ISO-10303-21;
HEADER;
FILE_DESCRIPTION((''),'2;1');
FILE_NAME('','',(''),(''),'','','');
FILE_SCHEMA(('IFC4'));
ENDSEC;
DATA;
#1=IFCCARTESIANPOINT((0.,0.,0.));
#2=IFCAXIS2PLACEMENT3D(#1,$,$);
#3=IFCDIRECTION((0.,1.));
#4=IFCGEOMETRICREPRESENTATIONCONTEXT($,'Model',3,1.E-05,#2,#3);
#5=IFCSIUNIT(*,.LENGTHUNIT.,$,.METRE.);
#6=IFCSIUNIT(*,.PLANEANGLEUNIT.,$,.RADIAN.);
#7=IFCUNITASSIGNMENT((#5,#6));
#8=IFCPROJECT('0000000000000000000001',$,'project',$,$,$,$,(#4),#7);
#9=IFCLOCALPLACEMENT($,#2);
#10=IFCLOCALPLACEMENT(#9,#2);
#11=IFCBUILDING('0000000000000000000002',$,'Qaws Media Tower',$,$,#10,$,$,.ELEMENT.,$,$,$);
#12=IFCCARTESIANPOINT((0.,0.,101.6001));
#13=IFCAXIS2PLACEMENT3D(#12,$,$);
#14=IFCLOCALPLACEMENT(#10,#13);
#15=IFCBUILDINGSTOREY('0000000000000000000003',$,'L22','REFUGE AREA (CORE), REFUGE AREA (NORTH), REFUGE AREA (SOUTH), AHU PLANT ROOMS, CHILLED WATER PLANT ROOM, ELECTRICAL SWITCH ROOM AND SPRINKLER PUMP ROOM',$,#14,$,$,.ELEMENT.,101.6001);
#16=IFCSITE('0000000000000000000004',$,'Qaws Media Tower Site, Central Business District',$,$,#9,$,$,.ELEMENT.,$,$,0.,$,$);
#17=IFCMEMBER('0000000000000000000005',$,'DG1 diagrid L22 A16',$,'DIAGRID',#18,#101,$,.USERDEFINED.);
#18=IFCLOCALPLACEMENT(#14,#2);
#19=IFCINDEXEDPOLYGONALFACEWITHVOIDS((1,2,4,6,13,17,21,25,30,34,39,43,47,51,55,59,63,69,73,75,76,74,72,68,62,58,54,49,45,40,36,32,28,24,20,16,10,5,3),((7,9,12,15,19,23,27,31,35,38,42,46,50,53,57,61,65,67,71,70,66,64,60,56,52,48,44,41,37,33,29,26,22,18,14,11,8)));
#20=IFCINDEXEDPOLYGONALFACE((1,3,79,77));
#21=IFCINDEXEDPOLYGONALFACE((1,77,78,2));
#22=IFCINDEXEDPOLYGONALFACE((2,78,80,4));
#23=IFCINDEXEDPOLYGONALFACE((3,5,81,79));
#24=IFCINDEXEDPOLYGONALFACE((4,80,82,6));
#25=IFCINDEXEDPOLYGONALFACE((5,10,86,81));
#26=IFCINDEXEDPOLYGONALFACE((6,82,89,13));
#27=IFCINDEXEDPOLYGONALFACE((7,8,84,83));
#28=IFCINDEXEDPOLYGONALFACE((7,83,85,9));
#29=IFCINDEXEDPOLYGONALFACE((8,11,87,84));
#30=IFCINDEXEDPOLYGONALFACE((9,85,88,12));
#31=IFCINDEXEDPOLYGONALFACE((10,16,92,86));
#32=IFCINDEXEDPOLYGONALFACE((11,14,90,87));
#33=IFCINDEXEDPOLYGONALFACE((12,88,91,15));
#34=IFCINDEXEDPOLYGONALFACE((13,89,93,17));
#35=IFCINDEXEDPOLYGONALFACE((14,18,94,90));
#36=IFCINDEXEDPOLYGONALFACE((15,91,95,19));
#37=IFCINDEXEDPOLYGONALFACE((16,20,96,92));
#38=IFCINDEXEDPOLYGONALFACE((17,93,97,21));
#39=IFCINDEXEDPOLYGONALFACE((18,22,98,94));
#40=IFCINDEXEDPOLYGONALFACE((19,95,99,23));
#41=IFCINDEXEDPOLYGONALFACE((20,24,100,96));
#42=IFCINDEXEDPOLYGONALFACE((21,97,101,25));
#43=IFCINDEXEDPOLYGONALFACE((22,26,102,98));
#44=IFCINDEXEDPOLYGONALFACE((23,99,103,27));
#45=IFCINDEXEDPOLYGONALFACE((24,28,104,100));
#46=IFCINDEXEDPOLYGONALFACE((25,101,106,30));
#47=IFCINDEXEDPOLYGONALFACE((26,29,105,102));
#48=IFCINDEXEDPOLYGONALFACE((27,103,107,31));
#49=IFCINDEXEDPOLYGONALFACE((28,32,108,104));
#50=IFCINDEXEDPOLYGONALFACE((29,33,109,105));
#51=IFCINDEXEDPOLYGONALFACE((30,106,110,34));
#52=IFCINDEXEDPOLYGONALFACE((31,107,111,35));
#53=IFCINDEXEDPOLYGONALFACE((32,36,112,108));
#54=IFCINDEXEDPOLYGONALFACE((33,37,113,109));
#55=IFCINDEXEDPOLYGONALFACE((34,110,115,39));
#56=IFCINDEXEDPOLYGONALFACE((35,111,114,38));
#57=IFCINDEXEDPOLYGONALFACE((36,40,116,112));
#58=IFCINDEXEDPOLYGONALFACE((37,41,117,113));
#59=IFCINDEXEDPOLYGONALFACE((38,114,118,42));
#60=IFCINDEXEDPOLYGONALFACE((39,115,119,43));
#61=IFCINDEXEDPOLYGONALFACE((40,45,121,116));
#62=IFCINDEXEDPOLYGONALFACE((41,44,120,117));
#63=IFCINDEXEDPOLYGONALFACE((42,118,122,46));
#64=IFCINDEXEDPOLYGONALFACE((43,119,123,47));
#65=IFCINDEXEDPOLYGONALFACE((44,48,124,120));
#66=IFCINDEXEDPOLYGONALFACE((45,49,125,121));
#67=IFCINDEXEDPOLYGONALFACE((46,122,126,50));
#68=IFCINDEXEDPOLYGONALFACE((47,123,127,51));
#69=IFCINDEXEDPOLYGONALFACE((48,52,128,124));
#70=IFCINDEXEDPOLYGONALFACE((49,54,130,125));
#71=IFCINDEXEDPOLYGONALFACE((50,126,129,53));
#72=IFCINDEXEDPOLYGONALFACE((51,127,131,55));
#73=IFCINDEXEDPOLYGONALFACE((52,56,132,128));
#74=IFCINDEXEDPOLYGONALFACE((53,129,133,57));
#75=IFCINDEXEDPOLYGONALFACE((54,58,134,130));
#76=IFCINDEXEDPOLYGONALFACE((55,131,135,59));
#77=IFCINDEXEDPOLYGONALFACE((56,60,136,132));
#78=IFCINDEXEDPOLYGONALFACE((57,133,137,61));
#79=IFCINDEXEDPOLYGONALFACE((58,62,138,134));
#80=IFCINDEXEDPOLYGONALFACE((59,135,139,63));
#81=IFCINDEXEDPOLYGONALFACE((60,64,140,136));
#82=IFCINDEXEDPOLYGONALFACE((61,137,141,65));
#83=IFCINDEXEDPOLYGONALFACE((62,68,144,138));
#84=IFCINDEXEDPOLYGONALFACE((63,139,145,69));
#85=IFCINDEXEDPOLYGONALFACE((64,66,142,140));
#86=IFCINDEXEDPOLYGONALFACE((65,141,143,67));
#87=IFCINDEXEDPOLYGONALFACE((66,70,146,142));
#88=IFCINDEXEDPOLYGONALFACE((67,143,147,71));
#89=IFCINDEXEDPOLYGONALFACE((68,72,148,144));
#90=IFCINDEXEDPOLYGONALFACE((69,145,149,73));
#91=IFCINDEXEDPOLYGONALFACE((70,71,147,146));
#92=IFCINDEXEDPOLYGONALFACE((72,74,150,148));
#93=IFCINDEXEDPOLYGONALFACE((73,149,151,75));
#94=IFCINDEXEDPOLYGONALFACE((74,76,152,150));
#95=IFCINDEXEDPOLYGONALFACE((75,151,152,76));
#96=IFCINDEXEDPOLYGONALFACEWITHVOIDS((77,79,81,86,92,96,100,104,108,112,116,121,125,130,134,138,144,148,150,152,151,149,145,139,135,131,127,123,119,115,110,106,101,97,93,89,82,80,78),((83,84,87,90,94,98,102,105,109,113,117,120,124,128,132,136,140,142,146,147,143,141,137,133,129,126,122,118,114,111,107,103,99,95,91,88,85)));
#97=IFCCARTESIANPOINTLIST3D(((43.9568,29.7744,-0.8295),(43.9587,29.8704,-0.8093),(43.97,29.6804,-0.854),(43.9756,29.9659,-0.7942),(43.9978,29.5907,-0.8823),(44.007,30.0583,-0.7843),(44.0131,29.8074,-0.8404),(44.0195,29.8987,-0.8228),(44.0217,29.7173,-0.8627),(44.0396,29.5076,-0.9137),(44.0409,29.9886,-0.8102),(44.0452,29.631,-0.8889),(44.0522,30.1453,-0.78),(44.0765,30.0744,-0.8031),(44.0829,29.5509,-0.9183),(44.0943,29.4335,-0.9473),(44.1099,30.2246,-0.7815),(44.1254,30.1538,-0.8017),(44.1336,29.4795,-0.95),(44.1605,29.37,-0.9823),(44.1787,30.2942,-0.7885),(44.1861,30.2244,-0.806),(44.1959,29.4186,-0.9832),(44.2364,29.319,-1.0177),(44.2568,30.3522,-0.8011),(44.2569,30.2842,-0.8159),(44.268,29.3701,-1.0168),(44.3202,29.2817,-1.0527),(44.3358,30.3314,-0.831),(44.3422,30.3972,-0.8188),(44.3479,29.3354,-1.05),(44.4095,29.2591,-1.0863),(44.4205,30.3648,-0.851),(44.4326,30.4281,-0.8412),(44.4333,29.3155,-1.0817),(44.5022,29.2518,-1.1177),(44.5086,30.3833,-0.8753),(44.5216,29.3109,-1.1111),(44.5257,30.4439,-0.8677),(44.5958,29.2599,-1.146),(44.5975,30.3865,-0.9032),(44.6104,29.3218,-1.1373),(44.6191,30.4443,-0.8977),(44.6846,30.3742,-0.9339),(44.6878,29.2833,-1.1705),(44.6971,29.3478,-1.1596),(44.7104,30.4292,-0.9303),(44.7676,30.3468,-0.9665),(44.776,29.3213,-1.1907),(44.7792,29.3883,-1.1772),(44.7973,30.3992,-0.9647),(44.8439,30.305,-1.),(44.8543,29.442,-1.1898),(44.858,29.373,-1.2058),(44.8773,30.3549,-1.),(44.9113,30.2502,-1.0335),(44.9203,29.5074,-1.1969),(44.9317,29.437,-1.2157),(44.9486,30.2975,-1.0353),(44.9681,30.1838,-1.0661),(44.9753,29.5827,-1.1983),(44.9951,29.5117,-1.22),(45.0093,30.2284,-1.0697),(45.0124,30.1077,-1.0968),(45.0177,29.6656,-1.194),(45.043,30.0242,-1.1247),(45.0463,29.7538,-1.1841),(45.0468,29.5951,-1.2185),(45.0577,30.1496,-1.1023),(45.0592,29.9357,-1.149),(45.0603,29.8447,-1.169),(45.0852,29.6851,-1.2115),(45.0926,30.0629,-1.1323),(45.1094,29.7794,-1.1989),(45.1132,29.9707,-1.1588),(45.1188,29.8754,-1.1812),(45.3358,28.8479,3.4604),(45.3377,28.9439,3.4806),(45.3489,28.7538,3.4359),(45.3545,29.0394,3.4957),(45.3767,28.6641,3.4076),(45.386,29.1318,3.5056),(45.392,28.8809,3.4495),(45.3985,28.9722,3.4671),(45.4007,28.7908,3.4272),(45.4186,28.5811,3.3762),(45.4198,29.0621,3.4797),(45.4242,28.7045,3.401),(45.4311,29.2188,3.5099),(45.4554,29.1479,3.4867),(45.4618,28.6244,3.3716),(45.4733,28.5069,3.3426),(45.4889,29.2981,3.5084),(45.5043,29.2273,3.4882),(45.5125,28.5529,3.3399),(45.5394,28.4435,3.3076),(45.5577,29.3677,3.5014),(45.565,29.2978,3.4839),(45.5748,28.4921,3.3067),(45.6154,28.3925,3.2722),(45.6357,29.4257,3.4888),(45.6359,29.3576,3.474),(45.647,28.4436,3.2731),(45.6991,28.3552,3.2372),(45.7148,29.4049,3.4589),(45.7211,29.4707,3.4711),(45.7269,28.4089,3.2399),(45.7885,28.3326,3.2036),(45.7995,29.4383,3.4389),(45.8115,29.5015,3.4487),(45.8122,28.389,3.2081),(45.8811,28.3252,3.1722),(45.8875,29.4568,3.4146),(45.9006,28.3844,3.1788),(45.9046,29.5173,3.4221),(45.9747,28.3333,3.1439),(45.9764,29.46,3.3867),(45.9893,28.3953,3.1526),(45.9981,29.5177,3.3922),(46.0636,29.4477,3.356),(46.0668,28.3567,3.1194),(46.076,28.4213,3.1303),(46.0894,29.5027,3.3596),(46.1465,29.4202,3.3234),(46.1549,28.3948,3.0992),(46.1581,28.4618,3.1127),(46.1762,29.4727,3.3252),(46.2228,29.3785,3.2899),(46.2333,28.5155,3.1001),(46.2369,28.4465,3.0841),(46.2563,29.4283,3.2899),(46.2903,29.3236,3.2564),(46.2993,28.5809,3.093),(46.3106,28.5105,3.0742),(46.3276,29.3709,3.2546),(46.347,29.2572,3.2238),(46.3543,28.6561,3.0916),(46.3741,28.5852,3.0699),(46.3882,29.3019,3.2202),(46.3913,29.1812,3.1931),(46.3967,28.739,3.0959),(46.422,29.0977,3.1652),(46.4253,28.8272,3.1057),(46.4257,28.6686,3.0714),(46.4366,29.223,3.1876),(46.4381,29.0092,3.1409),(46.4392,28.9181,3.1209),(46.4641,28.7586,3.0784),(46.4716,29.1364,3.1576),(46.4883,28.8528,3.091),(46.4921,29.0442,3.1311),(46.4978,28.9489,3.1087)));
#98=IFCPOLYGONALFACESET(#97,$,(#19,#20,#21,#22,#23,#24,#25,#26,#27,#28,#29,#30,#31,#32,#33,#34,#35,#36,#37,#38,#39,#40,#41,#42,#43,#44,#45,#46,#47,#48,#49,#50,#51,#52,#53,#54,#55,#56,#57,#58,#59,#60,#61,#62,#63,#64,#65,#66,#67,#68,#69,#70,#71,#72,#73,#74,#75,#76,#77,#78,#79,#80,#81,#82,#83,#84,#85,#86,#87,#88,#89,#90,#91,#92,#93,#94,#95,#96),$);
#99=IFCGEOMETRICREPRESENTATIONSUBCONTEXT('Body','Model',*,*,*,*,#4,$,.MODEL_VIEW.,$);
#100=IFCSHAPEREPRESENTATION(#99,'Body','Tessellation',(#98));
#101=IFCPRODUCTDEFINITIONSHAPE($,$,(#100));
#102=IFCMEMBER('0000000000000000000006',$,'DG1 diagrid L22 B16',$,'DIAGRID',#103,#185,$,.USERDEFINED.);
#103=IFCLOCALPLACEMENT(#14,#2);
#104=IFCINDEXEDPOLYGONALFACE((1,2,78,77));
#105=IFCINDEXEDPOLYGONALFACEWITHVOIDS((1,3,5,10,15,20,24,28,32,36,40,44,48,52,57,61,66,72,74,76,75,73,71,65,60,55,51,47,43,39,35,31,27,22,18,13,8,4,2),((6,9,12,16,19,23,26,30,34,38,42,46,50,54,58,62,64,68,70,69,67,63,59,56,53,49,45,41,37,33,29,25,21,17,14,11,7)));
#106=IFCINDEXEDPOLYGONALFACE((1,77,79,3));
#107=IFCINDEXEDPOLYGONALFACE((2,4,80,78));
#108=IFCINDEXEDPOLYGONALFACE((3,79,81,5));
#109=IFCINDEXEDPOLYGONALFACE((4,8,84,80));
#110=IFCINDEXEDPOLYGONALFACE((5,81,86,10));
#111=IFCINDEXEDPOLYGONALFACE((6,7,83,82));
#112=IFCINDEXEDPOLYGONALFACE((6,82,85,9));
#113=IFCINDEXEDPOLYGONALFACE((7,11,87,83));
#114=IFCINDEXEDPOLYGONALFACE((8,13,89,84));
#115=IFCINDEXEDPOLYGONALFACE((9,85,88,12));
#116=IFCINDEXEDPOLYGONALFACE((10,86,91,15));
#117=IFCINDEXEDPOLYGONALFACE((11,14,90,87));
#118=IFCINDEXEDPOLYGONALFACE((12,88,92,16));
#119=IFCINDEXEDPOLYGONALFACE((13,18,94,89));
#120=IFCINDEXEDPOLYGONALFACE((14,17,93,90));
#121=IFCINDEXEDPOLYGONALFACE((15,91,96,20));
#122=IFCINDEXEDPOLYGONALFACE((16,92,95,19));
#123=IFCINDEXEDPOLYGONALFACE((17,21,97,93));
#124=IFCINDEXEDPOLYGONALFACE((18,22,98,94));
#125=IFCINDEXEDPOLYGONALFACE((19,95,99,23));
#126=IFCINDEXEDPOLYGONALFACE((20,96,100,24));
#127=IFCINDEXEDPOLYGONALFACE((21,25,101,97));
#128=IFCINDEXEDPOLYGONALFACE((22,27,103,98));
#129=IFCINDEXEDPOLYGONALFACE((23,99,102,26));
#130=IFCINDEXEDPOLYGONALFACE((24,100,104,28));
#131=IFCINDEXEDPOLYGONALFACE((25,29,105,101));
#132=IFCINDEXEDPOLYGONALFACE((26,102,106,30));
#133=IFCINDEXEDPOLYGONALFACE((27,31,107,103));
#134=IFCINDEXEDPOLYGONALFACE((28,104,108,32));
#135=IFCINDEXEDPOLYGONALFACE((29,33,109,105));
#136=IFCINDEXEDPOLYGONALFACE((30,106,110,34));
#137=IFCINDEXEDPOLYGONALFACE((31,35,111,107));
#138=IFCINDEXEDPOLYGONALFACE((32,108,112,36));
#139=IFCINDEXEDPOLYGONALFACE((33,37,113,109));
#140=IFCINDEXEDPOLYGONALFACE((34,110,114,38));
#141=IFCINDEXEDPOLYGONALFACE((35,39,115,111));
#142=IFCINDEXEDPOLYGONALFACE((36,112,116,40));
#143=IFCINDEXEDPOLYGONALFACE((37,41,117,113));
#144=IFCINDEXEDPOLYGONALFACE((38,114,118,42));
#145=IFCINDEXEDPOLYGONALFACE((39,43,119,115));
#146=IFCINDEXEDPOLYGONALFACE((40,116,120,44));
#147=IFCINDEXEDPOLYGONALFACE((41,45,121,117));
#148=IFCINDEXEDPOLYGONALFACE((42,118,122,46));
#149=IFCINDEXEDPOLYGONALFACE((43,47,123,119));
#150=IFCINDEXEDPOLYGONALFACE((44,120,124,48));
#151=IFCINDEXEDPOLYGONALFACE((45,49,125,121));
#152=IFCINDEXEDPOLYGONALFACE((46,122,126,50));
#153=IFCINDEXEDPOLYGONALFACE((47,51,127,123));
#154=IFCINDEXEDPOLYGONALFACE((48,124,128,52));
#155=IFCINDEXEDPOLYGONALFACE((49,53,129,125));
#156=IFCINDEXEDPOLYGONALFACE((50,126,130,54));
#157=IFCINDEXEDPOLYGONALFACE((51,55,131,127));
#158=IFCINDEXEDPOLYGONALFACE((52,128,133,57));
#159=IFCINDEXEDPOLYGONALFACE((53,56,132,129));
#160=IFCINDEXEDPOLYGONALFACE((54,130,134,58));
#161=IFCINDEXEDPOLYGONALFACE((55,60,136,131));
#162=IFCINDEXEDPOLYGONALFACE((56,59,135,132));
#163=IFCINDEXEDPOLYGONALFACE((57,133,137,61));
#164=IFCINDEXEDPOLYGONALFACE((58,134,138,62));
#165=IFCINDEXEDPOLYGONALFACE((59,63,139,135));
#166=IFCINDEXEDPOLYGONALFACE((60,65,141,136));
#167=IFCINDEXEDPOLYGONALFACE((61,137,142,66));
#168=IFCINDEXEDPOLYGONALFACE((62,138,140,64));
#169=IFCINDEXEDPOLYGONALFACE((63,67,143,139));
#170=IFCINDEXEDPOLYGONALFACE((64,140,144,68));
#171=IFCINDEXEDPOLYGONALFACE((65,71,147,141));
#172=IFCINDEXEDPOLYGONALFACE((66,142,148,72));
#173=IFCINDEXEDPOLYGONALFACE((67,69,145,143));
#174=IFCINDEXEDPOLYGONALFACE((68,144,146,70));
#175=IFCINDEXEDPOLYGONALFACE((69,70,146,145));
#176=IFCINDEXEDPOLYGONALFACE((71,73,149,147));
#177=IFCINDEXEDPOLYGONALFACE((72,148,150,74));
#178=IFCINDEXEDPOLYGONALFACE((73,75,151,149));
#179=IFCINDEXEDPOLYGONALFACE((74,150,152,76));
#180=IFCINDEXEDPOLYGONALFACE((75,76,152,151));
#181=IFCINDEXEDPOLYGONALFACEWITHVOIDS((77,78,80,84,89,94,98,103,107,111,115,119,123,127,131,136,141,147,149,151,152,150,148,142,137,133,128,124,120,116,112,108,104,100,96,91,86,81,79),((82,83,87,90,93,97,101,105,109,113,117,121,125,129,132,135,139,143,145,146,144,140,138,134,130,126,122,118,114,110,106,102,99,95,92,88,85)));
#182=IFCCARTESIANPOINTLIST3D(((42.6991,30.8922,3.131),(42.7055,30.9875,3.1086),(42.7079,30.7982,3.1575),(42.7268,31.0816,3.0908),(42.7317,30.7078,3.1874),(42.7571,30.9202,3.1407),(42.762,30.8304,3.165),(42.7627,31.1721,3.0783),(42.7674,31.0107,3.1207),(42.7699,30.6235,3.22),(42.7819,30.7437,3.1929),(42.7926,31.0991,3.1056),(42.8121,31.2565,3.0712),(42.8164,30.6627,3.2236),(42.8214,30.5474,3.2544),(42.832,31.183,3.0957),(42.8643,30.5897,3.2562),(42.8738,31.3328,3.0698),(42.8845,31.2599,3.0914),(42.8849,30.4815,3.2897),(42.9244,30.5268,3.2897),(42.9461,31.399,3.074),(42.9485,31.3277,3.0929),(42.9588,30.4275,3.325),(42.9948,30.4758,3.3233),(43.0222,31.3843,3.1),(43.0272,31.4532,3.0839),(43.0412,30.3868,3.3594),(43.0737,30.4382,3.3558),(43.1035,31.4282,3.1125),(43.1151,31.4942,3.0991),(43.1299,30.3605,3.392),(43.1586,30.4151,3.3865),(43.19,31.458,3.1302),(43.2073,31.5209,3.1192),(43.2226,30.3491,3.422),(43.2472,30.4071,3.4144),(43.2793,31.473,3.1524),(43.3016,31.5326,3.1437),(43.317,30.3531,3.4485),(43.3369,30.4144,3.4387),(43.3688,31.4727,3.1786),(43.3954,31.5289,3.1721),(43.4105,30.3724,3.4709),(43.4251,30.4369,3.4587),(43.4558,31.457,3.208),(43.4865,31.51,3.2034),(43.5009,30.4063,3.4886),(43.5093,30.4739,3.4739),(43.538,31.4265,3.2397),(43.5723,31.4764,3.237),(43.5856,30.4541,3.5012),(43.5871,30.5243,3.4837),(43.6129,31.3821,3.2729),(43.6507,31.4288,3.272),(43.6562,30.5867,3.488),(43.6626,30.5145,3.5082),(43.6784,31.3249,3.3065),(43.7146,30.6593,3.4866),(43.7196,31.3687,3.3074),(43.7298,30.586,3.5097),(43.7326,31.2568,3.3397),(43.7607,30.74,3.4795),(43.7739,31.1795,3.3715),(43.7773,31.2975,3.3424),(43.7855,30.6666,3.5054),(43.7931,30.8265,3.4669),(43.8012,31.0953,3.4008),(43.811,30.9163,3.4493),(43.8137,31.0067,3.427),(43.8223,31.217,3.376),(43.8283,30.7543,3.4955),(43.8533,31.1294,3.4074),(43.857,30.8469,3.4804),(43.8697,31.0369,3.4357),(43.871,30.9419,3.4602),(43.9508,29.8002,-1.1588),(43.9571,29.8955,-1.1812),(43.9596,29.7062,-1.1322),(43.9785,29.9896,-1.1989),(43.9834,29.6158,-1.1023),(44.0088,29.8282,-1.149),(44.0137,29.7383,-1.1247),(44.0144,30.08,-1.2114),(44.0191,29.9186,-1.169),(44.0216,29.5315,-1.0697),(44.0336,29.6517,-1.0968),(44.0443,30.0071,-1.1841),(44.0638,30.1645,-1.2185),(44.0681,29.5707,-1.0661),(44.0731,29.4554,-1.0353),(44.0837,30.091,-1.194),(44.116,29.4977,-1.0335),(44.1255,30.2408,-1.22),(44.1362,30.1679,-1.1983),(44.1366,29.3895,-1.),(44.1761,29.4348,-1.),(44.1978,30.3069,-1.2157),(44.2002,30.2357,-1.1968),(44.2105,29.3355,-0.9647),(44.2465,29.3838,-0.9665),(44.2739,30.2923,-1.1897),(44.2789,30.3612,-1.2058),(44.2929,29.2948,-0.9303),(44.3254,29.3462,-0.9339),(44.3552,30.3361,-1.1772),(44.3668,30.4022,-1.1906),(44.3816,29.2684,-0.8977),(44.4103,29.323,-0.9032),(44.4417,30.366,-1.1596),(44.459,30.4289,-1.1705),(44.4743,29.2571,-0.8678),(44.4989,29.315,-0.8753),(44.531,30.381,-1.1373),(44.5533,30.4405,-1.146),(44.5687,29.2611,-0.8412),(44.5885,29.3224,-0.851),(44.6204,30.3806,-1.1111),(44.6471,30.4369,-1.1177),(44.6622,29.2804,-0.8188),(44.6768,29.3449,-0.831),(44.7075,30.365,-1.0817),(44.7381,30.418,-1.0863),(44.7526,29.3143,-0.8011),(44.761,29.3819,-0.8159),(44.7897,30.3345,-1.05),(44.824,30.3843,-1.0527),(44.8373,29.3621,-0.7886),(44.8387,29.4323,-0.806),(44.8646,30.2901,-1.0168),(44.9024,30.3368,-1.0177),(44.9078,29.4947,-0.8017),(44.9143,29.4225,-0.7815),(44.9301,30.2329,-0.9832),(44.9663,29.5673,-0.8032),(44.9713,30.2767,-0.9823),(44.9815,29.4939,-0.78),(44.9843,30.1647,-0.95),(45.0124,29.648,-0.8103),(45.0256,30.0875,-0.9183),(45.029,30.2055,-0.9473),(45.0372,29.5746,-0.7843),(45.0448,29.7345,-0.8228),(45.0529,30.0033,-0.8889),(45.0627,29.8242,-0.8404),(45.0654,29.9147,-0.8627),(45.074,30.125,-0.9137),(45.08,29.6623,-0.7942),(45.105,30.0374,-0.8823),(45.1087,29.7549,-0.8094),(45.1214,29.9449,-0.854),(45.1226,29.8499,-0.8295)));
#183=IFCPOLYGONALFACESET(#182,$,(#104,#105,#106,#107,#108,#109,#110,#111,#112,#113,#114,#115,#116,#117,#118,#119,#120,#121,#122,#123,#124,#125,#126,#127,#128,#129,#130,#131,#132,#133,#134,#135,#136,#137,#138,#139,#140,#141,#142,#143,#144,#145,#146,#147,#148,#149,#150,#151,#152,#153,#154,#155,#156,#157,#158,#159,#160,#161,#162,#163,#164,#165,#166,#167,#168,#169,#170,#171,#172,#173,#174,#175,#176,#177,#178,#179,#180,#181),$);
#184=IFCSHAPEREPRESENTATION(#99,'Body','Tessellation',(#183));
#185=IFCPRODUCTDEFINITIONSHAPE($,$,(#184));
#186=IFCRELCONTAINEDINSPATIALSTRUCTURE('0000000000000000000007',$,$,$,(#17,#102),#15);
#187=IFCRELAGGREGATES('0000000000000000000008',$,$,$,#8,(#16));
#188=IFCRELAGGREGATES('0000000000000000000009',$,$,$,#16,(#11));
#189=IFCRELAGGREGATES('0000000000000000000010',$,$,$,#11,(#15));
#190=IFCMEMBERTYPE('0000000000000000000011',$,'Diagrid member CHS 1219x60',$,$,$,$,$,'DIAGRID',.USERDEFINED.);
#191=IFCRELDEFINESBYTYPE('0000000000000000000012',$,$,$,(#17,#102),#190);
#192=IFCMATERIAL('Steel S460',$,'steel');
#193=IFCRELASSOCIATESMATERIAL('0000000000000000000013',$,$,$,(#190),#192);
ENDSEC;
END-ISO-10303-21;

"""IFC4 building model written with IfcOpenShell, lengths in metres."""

from ifc_helpers import new_model, si_unit, direction, frame, origin, origin_2d, place, context, subcontext, project, spatial, hollow_circle, extrude, material, material_profile, profile_set, type_object, element, save


model = new_model("IFC4")

# Units and contexts
model_context = context("Model", 3, precision=1e-05, world=origin(), true_north=direction((0.0, 1.0)))
body_context = subcontext(model_context, "Body", "Model", "MODEL_VIEW")
ifc_project = project(units=[si_unit("LENGTHUNIT", "METRE"), si_unit("PLANEANGLEUNIT", "RADIAN")], contexts=[model_context])

# Site, building, storey
site_placement = place(None, origin())
site = spatial("IfcSite", under=ifc_project, at=site_placement, Name="Qaws Media Tower Site, Central Business District", CompositionType="ELEMENT", RefElevation=0.0)
building_placement = place(site_placement, origin())
building = spatial("IfcBuilding", under=site, at=building_placement, Name="Qaws Media Tower", CompositionType="ELEMENT")
storey_placement = place(building_placement, frame((0.0, 0.0, 101.6001)))
storey = spatial("IfcBuildingStorey", under=building, at=storey_placement, Name="L22", Description="REFUGE AREA (CORE), REFUGE AREA (NORTH), REFUGE AREA (SOUTH), AHU PLANT ROOMS, CHILLED WATER PLANT ROOM, ELECTRICAL SWITCH ROOM AND SPRINKLER PUMP ROOM", CompositionType="ELEMENT", Elevation=101.6001)

# Members
ifc_material_1 = material(Name="Steel S460", Category="steel")
ifc_material_profile_1 = material_profile(ifc_material_1, hollow_circle(Radius=0.6096, WallThickness=0.0601, at=origin_2d()), Name="CHS 1219x60")
ifc_profile_set_1 = profile_set([ifc_material_profile_1], Name="Steel S460")
member_type = type_object("IfcMemberType", Name="Diagrid member CHS 1219x60", ElementType="DIAGRID", PredefinedType="USERDEFINED", material=ifc_profile_set_1)
for number, where, z_axis, x_axis, name in (
    (1, (44.5374, 29.8489, -1.0), (0.299747, -0.201406, 0.932517), (0.557715, 0.830033, 0.0), "DG1 diagrid L22 A16"),
):
    element("IfcMember", number, at=place(storey_placement, frame(where, z_axis=z_axis, x_axis=x_axis)), inside=storey, type_object=member_type, Name=name, ObjectType="DIAGRID", PredefinedType="USERDEFINED", context=body_context, shape_type="SweptSolid", body=[
        extrude(hollow_circle(Radius=0.6096, WallThickness=0.0601, at=origin_2d()), origin(), (0.0, 0.0, 1.0), 4.6003),
    ])
member_1_placement = place(storey_placement, frame((44.5374, 29.8489, -1.0), z_axis=(-0.2721, 0.237391, 0.932527), x_axis=(-0.657411, -0.753532, 0.0)))
element("IfcMember", 2, at=member_1_placement, inside=storey, type_object=member_type, Name="DG1 diagrid L22 B16", ObjectType="DIAGRID", PredefinedType="USERDEFINED", context=body_context, shape_type="SweptSolid", body=[
    extrude(hollow_circle(Radius=0.6096, WallThickness=0.0601, at=origin_2d()), origin(), (0.0, 0.0, 1.0), 4.6001),
])

save(model, "model.ifc")
